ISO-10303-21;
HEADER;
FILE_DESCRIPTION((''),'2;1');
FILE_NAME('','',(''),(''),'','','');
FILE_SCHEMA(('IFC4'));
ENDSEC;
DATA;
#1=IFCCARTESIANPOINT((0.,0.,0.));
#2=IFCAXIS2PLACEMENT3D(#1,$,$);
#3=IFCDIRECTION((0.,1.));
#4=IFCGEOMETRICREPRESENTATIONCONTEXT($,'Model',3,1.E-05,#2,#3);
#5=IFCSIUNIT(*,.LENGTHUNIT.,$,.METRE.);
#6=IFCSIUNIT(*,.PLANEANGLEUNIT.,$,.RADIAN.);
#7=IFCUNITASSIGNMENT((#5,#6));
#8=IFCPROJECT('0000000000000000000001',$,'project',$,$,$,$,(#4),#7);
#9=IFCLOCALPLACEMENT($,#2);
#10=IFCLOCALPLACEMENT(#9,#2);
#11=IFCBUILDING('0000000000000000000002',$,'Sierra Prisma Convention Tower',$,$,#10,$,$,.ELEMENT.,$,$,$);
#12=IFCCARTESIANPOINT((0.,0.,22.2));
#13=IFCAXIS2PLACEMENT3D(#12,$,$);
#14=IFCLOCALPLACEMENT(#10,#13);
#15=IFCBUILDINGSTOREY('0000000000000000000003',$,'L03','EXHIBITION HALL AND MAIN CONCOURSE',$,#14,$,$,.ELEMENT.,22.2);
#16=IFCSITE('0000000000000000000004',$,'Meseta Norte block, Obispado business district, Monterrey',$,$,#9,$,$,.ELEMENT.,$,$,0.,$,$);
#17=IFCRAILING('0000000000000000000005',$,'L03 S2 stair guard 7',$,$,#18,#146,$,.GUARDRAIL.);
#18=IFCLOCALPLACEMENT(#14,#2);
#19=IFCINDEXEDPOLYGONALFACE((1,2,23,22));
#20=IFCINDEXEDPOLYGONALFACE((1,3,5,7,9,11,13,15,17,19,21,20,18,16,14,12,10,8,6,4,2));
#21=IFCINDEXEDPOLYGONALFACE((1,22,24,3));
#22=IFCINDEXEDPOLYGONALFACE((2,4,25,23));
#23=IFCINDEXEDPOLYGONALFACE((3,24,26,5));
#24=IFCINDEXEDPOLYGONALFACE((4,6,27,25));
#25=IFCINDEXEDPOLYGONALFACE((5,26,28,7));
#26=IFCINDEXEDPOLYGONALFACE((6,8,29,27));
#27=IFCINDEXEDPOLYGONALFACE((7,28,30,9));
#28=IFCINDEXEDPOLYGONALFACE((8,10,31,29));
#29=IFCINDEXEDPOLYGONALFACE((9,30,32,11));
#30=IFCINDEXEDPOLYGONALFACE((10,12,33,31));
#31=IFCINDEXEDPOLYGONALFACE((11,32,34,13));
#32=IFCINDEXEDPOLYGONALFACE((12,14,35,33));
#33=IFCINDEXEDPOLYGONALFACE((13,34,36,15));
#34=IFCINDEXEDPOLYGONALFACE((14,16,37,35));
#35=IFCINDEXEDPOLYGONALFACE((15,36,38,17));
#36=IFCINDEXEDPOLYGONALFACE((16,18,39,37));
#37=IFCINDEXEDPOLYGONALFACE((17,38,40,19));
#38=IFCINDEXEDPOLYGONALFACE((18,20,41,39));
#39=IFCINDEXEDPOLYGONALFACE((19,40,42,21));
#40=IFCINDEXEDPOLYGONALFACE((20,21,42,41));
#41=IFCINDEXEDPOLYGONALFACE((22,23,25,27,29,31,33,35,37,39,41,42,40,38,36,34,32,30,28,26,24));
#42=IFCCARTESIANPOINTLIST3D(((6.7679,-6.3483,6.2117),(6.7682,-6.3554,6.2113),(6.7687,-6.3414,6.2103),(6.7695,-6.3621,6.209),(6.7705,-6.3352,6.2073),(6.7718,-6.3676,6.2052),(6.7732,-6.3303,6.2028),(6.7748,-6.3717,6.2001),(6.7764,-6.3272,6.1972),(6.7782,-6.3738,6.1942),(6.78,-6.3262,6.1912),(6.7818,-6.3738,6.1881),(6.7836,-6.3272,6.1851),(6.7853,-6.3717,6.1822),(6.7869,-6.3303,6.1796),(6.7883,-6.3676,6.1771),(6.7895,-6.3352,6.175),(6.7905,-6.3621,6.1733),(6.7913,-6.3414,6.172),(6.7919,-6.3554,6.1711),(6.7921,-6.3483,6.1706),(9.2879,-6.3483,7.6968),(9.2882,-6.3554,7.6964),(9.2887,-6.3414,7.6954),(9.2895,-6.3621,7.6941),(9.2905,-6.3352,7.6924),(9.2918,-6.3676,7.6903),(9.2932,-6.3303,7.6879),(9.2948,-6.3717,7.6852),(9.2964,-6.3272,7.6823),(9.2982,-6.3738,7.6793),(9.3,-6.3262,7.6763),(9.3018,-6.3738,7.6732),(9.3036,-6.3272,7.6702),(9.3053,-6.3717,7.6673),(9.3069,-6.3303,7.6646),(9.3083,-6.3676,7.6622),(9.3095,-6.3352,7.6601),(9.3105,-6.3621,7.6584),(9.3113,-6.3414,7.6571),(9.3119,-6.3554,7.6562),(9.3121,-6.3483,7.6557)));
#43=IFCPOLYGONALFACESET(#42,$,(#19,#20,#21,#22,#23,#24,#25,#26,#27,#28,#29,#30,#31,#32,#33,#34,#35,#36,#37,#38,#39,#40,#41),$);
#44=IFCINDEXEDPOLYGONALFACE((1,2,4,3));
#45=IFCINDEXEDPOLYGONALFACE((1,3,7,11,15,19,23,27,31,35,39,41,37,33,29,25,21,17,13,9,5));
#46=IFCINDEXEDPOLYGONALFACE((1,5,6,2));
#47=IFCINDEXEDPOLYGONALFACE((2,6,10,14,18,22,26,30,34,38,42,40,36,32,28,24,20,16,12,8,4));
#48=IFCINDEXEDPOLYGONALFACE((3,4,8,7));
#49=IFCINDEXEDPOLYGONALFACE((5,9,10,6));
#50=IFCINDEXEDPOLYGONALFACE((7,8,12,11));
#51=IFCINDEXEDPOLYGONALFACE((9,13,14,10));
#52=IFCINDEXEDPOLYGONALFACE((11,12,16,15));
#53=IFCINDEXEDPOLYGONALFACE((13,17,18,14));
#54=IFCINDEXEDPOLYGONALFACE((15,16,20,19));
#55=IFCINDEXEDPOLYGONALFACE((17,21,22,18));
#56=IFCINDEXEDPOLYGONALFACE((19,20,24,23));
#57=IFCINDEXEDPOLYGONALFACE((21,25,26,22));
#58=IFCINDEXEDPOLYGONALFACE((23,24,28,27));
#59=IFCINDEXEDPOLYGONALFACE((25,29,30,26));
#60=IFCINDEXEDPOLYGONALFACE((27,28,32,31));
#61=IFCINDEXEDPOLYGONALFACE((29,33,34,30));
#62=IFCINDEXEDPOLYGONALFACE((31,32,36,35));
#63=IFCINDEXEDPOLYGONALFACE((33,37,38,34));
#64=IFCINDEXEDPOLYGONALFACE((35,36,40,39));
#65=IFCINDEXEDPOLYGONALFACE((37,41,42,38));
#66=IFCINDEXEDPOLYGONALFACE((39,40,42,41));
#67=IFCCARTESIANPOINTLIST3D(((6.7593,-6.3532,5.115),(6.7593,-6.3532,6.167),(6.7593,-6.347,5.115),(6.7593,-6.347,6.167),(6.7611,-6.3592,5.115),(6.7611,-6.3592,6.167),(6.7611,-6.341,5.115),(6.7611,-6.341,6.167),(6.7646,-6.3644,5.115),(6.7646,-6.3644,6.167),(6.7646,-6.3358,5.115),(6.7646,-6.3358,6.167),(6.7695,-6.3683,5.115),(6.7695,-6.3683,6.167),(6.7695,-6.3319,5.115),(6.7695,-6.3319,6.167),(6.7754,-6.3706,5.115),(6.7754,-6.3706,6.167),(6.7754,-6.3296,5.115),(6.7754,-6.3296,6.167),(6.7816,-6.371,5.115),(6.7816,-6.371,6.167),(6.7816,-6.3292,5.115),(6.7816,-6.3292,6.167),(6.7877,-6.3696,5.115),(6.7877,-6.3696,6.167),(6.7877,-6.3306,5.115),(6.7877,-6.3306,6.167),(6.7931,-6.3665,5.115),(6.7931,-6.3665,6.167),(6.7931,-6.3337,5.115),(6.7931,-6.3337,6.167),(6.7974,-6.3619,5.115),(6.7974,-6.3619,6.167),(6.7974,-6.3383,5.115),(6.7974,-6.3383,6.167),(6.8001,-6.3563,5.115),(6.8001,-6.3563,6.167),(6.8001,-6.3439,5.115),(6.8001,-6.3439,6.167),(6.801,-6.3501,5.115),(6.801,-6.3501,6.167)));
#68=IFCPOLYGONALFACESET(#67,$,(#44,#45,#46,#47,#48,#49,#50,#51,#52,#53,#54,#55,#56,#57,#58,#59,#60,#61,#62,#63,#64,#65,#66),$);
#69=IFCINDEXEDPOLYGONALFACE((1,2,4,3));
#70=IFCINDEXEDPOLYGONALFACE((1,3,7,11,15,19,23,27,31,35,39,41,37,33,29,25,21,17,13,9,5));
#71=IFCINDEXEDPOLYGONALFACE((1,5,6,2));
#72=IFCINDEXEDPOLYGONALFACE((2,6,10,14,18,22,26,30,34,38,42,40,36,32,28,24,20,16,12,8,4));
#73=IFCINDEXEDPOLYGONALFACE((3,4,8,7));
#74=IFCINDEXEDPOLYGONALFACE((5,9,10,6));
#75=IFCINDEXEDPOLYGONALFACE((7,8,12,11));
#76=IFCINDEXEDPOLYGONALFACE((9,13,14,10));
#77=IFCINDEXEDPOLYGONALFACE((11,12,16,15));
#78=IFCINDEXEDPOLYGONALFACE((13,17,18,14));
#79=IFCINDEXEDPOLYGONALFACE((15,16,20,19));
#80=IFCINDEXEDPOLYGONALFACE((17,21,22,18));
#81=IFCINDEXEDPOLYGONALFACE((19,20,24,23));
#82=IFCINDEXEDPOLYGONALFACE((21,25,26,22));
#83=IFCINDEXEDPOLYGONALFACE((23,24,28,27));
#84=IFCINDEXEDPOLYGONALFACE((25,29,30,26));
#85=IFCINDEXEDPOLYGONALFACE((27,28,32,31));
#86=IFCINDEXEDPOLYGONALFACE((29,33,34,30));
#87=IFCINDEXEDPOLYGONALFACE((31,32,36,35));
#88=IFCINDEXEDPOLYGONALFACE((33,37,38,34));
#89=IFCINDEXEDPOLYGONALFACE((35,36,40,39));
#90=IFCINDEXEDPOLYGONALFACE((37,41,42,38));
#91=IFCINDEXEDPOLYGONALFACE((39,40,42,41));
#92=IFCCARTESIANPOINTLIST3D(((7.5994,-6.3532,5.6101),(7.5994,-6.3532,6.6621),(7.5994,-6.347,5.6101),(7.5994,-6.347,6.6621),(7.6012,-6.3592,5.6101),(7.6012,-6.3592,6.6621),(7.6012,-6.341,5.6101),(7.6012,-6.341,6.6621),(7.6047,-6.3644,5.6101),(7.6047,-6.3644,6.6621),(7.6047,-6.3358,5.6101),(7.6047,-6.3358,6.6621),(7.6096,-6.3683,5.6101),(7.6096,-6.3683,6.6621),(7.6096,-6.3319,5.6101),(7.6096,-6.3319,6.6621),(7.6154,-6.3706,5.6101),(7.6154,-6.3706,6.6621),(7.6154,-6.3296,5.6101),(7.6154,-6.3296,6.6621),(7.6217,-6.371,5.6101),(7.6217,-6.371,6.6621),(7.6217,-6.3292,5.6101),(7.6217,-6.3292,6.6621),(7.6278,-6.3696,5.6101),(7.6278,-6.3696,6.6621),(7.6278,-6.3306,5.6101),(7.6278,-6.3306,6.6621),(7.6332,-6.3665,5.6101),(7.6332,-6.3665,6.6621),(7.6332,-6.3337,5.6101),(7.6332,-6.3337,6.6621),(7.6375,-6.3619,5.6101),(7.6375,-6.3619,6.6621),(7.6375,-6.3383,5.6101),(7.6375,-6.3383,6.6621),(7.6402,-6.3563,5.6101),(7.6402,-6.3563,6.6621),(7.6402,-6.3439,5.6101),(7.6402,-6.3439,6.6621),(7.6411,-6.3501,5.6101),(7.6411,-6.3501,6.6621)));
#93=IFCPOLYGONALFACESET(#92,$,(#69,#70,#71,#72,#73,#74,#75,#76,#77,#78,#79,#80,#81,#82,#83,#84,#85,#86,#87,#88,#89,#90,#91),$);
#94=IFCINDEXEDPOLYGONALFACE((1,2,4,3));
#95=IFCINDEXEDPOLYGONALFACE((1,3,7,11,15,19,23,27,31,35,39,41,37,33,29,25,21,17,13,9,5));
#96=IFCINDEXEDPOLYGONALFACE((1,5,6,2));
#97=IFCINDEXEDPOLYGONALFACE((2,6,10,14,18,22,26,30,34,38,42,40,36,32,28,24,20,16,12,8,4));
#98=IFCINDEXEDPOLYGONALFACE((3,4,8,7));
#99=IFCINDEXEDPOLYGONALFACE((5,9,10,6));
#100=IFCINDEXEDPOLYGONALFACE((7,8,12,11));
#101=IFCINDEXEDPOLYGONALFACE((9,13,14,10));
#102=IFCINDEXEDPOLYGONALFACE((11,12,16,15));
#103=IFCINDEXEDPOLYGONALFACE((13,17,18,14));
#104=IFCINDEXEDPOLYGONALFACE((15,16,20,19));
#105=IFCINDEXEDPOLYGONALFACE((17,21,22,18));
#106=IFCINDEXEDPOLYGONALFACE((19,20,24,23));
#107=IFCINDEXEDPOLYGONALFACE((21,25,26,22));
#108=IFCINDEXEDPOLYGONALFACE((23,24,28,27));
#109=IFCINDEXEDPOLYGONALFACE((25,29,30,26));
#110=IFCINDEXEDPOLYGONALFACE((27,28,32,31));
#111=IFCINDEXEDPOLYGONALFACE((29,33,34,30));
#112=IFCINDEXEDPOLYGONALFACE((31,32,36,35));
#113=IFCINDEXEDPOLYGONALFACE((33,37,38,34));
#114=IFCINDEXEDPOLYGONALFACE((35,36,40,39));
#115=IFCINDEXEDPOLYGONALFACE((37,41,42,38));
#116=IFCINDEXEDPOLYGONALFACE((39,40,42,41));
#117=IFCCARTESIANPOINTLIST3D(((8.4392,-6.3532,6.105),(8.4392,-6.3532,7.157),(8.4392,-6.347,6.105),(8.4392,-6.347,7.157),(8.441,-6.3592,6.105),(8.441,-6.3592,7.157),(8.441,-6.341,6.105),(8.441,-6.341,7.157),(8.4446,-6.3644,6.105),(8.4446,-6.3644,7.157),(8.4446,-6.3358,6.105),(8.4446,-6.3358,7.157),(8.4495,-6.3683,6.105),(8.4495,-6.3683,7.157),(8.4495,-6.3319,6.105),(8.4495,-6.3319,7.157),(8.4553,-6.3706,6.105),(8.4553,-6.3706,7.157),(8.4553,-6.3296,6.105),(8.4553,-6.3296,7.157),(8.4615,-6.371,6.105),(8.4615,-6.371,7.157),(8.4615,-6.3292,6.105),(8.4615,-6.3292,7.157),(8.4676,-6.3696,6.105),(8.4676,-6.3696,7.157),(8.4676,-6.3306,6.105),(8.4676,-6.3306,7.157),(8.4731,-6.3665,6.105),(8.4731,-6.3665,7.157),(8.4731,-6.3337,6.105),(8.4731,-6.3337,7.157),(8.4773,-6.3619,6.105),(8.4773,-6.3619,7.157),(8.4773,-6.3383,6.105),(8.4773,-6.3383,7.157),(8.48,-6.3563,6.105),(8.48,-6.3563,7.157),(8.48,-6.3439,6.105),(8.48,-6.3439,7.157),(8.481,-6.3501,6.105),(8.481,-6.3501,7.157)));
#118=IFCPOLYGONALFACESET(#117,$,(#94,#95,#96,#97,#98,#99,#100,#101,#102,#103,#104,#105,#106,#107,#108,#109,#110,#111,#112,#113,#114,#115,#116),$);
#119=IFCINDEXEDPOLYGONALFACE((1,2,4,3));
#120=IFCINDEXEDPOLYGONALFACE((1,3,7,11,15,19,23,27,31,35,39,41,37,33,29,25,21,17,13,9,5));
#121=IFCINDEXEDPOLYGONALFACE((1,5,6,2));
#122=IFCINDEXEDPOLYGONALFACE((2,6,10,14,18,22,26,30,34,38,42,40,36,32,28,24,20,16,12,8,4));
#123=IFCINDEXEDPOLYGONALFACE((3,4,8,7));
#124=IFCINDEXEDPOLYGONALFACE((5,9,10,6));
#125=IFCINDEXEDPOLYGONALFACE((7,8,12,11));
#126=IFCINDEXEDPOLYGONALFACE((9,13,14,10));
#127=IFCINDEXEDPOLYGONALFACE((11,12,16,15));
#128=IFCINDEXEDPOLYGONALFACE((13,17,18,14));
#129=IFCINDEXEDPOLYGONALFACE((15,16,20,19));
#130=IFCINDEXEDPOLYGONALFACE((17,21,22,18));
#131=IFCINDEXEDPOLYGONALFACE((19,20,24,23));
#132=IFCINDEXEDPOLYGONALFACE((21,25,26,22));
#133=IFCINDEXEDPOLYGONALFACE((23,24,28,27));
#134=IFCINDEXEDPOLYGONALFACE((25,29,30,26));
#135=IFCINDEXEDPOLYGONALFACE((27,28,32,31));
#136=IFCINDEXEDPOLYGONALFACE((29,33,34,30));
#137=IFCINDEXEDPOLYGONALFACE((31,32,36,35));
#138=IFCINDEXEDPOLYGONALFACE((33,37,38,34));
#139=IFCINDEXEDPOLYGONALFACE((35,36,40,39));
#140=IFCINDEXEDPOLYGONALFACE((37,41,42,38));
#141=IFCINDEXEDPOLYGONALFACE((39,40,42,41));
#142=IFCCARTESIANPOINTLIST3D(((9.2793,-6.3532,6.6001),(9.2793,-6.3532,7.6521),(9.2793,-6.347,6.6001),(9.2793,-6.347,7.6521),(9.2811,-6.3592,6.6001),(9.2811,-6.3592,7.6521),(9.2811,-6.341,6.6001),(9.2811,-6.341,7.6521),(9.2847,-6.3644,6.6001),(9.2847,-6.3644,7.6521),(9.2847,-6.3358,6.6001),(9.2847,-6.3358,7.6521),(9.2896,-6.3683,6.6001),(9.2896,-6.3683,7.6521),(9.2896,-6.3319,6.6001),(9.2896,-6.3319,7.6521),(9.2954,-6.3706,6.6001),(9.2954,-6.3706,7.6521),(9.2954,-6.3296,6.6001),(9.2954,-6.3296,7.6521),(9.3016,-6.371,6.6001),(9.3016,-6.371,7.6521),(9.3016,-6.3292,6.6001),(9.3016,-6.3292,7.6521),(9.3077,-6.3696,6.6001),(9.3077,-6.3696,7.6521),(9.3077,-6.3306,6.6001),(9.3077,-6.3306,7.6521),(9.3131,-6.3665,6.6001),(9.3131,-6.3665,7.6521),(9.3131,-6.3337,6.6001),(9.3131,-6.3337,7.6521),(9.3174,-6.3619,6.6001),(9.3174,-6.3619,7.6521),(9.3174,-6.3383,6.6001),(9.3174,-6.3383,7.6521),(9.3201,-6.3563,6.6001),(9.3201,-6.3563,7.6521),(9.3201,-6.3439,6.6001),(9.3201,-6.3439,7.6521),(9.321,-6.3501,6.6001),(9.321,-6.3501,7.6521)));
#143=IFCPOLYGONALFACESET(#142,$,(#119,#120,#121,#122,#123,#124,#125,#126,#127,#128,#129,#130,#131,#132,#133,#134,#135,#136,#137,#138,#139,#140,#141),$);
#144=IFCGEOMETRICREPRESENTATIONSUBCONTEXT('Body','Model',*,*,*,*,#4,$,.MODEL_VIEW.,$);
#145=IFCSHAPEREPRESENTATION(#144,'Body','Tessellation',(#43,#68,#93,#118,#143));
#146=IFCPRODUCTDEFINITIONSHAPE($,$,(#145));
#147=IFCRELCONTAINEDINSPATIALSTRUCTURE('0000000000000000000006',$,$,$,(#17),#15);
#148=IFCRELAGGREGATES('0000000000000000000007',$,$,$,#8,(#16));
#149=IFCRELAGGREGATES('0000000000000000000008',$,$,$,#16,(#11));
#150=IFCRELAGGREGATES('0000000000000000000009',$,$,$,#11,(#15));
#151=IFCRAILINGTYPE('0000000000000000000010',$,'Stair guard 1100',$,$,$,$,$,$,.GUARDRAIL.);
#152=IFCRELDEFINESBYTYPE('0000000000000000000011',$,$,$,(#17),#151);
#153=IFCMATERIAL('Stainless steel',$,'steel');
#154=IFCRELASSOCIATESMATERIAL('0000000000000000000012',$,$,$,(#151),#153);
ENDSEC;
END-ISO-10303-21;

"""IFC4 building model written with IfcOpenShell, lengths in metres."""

from ifc_helpers import new_model, si_unit, direction, frame, origin, origin_2d, place, context, subcontext, project, spatial, circle, extrude, material, type_object, element, save


model = new_model("IFC4")

# Units and contexts
model_context = context("Model", 3, precision=1e-05, world=origin(), true_north=direction((0.0, 1.0)))
body_context = subcontext(model_context, "Body", "Model", "MODEL_VIEW")
ifc_project = project(units=[si_unit("LENGTHUNIT", "METRE"), si_unit("PLANEANGLEUNIT", "RADIAN")], contexts=[model_context])

# Site, building, storey
site_placement = place(None, origin())
site = spatial("IfcSite", under=ifc_project, at=site_placement, Name="Meseta Norte block, Obispado business district, Monterrey", CompositionType="ELEMENT", RefElevation=0.0)
building_placement = place(site_placement, origin())
building = spatial("IfcBuilding", under=site, at=building_placement, Name="Sierra Prisma Convention Tower", CompositionType="ELEMENT")
storey_placement = place(building_placement, frame((0.0, 0.0, 22.2)))
storey = spatial("IfcBuildingStorey", under=building, at=storey_placement, Name="L03", Description="EXHIBITION HALL AND MAIN CONCOURSE", CompositionType="ELEMENT", Elevation=22.2)

# Railing
ifc_material_1 = material(Name="Stainless steel", Category="steel")
railing_type_1 = type_object("IfcRailingType", Name="Stair guard 1100", PredefinedType="GUARDRAIL", material=ifc_material_1)
railing_1_placement = place(storey_placement, frame((6.78, -6.3501, 5.115)))
element("IfcRailing", 1, at=railing_1_placement, inside=storey, type_object=railing_type_1, Name="L03 S2 stair guard 7", PredefinedType="GUARDRAIL", context=body_context, shape_type="SweptSolid", body=[
    extrude(circle(Radius=0.0239, at=origin_2d()), frame((0.0, 0.0, 1.0762), z_axis=(0.861524, 0.0, 0.507717), x_axis=(0.0, 1.0, 0.0)), (0.0, 0.0, 1.0), 2.925),
    extrude(circle(Radius=0.021, at=origin_2d()), origin(), (0.0, 0.0, 1.0), 1.052),
    extrude(circle(Radius=0.021, at=origin_2d()), frame((0.8401, 0.0, 0.4951)), (0.0, 0.0, 1.0), 1.052),
    extrude(circle(Radius=0.021, at=origin_2d()), frame((1.6799, 0.0, 0.99)), (0.0, 0.0, 1.0), 1.052),
    extrude(circle(Radius=0.021, at=origin_2d()), frame((2.52, 0.0, 1.4851)), (0.0, 0.0, 1.0), 1.052),
])

save(model, "model.ifc")
